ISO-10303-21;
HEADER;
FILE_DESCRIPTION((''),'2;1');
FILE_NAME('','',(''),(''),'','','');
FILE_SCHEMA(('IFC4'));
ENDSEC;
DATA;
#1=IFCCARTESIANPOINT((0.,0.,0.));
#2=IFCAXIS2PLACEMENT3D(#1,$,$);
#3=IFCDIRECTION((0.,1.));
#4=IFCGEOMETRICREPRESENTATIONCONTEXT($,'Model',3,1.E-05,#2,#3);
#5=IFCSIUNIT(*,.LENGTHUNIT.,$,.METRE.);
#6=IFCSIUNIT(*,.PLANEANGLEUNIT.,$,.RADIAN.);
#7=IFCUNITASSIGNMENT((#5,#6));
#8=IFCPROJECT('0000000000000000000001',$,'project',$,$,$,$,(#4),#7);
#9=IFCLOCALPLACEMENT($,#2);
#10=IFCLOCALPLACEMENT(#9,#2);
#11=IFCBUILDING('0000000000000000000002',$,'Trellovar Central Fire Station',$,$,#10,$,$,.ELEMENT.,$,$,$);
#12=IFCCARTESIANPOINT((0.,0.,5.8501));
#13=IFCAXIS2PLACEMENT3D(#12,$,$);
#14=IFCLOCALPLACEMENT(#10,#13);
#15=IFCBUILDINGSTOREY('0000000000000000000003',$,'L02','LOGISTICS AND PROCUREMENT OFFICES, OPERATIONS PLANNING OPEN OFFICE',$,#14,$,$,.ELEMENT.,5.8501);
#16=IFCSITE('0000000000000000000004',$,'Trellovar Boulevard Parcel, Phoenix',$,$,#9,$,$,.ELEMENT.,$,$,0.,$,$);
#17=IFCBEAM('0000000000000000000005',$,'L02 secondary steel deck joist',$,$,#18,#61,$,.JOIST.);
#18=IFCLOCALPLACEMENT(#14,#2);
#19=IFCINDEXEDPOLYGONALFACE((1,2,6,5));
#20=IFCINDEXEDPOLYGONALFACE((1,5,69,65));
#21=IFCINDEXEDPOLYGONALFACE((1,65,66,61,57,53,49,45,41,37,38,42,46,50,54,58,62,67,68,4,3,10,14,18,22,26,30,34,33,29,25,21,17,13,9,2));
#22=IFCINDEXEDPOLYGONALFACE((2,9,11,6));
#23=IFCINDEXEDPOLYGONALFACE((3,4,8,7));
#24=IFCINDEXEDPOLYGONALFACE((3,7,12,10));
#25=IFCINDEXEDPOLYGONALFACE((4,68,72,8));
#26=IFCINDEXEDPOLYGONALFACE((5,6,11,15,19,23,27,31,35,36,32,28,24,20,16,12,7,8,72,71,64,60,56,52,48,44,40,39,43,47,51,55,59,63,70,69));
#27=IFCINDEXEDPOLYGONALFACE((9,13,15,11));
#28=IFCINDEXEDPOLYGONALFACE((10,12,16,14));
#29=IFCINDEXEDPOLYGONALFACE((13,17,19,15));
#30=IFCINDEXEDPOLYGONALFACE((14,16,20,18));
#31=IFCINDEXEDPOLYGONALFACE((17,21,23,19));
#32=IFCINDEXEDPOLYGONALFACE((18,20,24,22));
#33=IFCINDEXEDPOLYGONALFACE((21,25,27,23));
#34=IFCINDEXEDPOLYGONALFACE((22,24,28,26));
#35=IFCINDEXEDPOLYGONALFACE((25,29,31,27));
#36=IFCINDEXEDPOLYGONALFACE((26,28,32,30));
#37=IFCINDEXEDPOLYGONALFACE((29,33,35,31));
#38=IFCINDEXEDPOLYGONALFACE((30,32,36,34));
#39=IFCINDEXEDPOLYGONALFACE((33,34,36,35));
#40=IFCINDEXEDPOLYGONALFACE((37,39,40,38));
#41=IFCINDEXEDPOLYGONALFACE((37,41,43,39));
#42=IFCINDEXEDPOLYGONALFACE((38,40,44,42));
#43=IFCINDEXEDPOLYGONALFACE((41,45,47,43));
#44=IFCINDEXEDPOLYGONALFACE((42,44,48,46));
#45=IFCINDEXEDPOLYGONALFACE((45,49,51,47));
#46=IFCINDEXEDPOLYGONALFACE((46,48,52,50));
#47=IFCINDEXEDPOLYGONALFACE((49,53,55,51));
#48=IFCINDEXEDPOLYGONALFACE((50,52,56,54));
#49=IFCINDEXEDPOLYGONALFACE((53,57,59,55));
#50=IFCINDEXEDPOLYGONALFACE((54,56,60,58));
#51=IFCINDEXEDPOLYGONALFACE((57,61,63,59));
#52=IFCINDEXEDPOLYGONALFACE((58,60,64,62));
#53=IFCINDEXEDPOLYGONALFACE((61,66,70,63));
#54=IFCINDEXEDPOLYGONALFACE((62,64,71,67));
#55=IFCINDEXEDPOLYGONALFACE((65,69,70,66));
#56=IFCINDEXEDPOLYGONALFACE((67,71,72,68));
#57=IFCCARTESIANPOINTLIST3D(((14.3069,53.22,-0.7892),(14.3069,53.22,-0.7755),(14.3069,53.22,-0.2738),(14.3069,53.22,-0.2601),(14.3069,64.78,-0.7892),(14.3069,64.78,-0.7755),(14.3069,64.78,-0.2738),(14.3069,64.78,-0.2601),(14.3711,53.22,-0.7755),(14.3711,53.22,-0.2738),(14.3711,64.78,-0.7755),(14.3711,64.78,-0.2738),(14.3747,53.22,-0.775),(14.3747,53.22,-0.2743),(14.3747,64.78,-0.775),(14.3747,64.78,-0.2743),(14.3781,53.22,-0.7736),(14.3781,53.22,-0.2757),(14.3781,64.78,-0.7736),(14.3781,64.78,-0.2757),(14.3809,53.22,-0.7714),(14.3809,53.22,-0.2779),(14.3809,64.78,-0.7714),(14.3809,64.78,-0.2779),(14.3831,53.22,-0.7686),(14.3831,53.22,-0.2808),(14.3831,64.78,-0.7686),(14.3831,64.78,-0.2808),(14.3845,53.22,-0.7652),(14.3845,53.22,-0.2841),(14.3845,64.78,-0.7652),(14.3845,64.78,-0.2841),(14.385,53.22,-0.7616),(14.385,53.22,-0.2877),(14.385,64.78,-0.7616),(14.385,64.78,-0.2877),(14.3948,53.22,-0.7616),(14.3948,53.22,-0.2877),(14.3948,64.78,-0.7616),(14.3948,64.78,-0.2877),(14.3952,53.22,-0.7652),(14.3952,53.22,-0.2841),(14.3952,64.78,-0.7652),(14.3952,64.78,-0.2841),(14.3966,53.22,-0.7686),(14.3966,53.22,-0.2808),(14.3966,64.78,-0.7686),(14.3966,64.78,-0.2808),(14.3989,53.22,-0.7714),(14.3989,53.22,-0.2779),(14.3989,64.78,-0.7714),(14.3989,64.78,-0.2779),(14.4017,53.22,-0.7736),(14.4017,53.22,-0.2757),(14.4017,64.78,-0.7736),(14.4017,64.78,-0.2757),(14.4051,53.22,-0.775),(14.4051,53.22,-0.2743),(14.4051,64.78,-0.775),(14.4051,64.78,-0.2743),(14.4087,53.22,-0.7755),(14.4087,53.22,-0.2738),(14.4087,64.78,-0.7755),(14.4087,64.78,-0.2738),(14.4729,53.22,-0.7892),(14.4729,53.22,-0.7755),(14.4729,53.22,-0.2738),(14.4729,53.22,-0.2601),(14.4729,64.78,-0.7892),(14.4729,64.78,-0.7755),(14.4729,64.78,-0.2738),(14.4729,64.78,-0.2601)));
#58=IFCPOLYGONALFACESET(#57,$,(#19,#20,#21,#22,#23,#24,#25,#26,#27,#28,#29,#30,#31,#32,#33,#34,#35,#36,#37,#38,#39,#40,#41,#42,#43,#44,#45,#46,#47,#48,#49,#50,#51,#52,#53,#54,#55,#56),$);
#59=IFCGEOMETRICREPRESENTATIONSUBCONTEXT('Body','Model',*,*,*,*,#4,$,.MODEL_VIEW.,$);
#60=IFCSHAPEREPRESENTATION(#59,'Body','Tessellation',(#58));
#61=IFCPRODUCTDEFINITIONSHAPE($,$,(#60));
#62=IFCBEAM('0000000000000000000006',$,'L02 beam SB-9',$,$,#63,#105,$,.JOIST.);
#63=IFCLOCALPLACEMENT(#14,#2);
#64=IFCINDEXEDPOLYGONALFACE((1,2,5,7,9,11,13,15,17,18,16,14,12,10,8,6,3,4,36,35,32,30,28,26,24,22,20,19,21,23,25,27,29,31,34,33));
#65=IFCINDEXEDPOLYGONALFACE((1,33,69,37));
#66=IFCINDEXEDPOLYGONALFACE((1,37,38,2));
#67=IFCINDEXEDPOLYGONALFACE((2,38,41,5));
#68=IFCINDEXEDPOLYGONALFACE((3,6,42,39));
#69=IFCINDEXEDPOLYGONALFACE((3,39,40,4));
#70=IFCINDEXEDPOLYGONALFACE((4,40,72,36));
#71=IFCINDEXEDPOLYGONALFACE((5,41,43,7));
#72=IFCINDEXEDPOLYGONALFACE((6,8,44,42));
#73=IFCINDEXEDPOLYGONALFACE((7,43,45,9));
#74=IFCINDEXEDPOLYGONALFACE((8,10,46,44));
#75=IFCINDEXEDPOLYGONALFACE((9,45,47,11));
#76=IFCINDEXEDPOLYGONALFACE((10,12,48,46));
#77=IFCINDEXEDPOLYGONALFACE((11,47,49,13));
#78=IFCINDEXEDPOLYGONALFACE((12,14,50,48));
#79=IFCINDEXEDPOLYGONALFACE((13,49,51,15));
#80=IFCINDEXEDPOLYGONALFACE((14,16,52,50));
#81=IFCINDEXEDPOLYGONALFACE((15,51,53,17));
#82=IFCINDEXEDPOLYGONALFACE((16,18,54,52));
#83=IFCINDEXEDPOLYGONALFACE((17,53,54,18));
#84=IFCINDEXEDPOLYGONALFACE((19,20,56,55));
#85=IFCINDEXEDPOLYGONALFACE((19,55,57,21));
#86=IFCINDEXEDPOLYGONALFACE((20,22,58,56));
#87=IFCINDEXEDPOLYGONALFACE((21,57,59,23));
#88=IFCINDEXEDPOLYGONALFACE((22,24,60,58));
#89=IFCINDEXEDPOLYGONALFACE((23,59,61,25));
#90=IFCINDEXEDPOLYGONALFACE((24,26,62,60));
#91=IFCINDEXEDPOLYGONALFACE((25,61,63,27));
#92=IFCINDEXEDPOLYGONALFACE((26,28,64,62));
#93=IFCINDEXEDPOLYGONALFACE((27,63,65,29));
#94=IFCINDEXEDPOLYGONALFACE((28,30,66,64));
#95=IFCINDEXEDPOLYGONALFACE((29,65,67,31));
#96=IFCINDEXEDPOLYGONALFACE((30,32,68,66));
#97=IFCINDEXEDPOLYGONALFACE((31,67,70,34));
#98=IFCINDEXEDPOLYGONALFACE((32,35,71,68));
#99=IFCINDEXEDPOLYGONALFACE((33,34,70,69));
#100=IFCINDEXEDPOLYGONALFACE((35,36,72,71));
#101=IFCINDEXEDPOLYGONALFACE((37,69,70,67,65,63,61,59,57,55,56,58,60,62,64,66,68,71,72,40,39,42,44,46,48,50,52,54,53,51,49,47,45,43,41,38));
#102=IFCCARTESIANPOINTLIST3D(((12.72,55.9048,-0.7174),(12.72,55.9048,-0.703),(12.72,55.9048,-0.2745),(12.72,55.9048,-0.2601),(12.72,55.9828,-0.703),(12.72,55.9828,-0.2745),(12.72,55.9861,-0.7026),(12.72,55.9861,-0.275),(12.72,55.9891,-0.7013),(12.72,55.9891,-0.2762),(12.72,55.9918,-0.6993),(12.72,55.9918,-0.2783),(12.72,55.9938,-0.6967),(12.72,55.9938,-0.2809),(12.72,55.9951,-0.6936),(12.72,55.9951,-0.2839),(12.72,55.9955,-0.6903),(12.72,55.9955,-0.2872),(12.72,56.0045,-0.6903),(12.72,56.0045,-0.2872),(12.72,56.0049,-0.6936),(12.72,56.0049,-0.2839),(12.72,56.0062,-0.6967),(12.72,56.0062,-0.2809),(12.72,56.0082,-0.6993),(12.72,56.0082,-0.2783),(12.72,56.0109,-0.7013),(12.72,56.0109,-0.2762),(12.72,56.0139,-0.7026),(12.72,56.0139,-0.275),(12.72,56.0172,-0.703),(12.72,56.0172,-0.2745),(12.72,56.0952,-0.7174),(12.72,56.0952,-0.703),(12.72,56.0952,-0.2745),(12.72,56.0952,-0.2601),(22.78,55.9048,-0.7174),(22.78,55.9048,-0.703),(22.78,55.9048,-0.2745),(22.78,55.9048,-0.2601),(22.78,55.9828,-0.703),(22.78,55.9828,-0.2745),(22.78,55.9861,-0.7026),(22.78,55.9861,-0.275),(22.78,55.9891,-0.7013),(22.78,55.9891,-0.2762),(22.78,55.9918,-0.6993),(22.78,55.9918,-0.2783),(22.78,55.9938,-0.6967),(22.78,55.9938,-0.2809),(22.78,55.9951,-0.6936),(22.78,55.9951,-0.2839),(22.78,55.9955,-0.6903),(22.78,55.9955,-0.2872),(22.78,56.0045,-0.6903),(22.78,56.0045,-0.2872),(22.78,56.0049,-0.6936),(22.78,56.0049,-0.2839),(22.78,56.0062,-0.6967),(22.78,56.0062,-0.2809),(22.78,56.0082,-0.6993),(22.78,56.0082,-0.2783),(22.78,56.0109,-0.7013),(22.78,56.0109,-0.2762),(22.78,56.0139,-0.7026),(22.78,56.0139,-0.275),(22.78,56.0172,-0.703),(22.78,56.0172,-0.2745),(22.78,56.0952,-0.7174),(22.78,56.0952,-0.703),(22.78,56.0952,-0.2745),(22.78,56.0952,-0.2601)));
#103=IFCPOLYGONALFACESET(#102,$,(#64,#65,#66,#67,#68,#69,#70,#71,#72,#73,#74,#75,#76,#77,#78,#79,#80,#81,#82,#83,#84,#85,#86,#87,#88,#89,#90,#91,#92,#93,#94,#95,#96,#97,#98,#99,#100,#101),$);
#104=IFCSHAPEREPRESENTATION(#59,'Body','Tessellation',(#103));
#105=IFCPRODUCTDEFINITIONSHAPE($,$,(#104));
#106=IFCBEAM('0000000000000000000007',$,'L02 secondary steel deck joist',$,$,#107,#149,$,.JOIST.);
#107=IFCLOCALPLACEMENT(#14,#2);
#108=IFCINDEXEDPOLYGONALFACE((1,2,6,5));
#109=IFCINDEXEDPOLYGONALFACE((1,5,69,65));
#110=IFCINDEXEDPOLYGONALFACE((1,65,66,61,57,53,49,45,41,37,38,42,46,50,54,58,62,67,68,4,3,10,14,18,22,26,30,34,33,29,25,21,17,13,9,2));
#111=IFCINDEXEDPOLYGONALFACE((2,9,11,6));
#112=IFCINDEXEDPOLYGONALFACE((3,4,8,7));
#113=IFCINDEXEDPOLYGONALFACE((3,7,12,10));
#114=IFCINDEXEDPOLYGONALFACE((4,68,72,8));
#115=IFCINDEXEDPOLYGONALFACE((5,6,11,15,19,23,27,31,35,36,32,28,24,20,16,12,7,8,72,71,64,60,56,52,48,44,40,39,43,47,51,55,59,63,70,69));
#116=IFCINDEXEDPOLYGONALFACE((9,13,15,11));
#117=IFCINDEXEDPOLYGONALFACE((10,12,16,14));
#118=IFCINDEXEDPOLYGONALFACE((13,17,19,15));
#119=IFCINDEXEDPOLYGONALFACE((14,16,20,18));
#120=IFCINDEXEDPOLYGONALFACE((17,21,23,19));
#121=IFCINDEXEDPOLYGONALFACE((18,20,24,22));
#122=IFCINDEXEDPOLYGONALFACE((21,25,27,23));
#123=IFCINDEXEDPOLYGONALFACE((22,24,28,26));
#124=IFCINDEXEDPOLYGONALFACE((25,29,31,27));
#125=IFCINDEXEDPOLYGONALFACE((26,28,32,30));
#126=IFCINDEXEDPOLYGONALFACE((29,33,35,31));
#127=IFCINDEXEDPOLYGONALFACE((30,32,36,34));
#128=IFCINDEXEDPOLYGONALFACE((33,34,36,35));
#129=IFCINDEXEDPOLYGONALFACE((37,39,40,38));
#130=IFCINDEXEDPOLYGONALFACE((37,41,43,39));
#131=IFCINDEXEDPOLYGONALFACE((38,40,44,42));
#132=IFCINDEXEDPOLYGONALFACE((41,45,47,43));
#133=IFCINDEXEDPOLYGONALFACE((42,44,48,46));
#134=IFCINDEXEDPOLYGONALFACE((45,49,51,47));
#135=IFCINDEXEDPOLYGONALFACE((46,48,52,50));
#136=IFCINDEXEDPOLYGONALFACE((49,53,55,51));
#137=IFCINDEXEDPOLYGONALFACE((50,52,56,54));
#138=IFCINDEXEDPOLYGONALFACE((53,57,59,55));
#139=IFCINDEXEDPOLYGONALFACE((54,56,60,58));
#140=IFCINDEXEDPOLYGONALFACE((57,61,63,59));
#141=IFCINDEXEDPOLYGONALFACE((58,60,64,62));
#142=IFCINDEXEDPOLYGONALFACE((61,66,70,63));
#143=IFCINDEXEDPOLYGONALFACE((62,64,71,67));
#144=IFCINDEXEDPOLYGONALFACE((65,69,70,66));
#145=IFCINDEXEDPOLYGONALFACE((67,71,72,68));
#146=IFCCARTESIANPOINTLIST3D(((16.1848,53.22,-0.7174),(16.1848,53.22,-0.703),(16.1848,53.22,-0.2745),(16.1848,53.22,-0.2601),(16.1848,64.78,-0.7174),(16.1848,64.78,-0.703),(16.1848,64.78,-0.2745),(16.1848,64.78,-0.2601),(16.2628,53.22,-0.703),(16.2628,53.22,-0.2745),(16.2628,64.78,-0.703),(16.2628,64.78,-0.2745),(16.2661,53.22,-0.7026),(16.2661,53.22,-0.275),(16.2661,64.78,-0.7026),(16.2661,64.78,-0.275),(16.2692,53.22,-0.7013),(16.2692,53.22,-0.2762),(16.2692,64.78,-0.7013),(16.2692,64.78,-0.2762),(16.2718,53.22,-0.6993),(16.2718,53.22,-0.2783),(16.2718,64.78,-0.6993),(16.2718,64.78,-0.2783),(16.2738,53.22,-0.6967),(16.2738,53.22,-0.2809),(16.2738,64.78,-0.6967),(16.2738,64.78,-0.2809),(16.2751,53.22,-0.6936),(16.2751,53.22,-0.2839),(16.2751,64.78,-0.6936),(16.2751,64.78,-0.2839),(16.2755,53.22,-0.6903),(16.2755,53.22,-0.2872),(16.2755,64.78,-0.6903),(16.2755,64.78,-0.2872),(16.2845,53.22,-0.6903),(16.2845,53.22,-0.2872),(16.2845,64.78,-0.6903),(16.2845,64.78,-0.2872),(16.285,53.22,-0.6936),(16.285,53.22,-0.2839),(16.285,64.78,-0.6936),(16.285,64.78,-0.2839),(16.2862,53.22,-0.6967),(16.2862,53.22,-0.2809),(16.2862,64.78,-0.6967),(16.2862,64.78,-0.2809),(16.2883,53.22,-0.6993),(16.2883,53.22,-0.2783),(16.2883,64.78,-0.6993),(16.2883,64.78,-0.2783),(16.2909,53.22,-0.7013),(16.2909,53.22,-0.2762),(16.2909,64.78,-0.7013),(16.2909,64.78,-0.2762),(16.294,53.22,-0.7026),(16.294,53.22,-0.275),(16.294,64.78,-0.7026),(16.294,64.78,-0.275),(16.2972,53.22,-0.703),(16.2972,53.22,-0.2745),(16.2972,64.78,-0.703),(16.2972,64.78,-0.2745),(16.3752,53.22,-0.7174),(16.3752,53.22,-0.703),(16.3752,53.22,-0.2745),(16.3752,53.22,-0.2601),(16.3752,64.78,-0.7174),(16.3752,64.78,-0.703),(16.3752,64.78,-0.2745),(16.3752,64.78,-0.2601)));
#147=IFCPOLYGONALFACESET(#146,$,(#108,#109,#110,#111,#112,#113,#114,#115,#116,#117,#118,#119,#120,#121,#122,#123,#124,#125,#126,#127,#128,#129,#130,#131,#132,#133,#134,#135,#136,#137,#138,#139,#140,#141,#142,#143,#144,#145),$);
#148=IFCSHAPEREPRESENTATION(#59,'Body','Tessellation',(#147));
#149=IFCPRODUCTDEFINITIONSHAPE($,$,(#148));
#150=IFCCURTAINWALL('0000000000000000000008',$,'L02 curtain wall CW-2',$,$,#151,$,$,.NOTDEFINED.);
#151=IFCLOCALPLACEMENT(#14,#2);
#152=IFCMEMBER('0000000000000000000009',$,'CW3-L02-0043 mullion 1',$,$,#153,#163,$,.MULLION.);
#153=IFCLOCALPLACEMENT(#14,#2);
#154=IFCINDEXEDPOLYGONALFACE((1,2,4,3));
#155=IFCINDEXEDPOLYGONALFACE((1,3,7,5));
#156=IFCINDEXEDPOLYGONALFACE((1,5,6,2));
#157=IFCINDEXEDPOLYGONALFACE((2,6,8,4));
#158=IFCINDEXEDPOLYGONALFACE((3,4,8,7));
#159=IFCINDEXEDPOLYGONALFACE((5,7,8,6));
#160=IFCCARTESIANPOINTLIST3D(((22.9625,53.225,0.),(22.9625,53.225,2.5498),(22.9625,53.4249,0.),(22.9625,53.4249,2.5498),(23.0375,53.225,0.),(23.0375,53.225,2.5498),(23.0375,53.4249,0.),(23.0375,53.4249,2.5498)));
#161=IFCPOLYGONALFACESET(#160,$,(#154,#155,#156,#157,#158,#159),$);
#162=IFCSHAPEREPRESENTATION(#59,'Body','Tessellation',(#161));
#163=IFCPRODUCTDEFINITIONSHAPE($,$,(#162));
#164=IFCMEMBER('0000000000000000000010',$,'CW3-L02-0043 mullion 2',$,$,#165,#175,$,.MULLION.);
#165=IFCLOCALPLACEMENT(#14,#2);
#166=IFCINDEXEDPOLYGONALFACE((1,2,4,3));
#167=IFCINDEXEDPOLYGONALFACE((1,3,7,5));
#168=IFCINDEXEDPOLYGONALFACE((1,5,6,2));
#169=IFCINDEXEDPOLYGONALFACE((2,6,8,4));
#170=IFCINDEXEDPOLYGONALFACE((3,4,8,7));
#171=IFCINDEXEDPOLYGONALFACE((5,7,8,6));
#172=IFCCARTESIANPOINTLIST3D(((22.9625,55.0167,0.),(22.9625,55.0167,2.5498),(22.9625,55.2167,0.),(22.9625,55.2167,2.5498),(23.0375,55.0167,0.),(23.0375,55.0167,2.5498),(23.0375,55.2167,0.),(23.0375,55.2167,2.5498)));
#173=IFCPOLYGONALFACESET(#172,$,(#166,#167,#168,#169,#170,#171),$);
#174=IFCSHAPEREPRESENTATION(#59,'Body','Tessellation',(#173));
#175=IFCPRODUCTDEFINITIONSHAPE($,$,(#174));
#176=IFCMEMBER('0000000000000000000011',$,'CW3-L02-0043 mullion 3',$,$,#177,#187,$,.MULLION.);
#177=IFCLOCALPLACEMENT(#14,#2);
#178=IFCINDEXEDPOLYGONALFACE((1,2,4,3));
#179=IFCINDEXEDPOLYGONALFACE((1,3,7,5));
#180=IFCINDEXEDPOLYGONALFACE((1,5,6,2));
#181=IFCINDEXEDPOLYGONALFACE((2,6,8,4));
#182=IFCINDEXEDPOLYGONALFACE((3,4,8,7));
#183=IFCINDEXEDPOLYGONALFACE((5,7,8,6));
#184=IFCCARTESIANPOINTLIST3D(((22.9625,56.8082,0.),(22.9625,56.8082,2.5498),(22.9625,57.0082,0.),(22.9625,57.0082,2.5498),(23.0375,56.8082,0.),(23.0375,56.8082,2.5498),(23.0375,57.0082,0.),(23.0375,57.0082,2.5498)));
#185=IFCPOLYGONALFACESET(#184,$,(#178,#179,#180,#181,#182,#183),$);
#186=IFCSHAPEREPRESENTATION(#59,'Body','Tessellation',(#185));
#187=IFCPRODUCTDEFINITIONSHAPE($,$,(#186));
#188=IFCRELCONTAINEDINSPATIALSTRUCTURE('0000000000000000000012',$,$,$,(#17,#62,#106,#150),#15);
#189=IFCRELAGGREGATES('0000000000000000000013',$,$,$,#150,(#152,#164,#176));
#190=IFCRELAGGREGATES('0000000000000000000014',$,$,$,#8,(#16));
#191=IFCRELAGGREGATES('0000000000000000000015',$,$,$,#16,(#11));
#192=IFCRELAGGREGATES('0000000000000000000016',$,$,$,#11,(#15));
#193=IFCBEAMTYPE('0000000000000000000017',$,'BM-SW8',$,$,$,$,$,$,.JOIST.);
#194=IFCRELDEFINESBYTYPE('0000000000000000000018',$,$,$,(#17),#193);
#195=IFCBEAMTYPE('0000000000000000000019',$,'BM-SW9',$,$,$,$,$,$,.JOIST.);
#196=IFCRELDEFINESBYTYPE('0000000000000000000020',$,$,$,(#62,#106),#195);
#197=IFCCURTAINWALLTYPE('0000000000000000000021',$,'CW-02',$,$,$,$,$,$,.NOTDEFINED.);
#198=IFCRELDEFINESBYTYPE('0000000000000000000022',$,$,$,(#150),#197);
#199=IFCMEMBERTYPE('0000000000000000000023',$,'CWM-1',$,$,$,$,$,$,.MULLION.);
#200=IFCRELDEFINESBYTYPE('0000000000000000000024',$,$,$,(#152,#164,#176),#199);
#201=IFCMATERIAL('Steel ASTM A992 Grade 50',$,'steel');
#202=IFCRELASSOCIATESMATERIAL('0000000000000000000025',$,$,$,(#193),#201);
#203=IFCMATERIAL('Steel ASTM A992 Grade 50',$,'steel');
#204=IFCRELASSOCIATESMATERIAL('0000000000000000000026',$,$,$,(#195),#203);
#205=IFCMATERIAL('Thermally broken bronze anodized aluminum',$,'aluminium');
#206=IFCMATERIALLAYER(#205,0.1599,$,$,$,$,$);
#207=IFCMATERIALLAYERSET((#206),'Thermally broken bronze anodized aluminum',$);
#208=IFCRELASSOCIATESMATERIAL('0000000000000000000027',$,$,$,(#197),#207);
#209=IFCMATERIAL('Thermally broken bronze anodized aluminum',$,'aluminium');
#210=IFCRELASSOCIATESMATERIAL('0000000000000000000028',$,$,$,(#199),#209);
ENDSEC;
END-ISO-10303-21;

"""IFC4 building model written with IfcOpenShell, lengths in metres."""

from ifc_helpers import new_model, si_unit, direction, frame, origin, origin_2d, place, context, subcontext, project, spatial, rectangle, i_section, extrude, material, layer, layer_set, material_profile, profile_set, type_object, element, aggregate, save


model = new_model("IFC4")

# Units and contexts
model_context = context("Model", 3, precision=1e-05, world=origin(), true_north=direction((0.0, 1.0)))
body_context = subcontext(model_context, "Body", "Model", "MODEL_VIEW")
ifc_project = project(units=[si_unit("LENGTHUNIT", "METRE"), si_unit("PLANEANGLEUNIT", "RADIAN")], contexts=[model_context])

# Site, building, storey
site_placement = place(None, origin())
site = spatial("IfcSite", under=ifc_project, at=site_placement, Name="Trellovar Boulevard Parcel, Phoenix", CompositionType="ELEMENT", RefElevation=0.0)
building_placement = place(site_placement, origin())
building = spatial("IfcBuilding", under=site, at=building_placement, Name="Trellovar Central Fire Station", CompositionType="ELEMENT")
storey_placement = place(building_placement, frame((0.0, 0.0, 5.8501)))
storey = spatial("IfcBuildingStorey", under=building, at=storey_placement, Name="L02", Description="LOGISTICS AND PROCUREMENT OFFICES, OPERATIONS PLANNING OPEN OFFICE", CompositionType="ELEMENT", Elevation=5.8501)

# Beams
ifc_material_1 = material(Name="Steel ASTM A992 Grade 50", Category="steel")
ifc_material_profile_1 = material_profile(ifc_material_1, i_section(OverallWidth=0.166, OverallDepth=0.5291, WebThickness=0.0098, FlangeThickness=0.0137, FilletRadius=0.0139, at=origin_2d()), Name="W21X50")
ifc_profile_set_1 = profile_set([ifc_material_profile_1], Name="Steel ASTM A992 Grade 50")
beam_type_1 = type_object("IfcBeamType", Name="BM-SW8", PredefinedType="JOIST", material=ifc_profile_set_1)
beam_1_placement = place(storey_placement, frame((14.3899, 53.22, -0.5247), z_axis=(0.0, 1.0, 0.0), x_axis=(-1.0, 0.0, 0.0)))
element("IfcBeam", 1, at=beam_1_placement, inside=storey, type_object=beam_type_1, Name="L02 secondary steel deck joist", PredefinedType="JOIST", context=body_context, shape_type="SweptSolid", body=[
    extrude(i_section(OverallWidth=0.166, OverallDepth=0.5291, WebThickness=0.0098, FlangeThickness=0.0137, FilletRadius=0.0139, at=origin_2d()), origin(), (0.0, 0.0, 1.0), 11.5601),
])
ifc_material_2 = material(Name="Steel ASTM A992 Grade 50", Category="steel")
ifc_material_profile_2 = material_profile(ifc_material_2, i_section(OverallWidth=0.1904, OverallDepth=0.4573, WebThickness=0.009, FlangeThickness=0.0144, FilletRadius=0.0127, at=origin_2d()), Name="W18X50")
ifc_profile_set_2 = profile_set([ifc_material_profile_2], Name="Steel ASTM A992 Grade 50")
beam_type_2 = type_object("IfcBeamType", Name="BM-SW9", PredefinedType="JOIST", material=ifc_profile_set_2)
beam_2_placement = place(storey_placement, frame((12.72, 56.0, -0.4888), z_axis=(1.0, 0.0, 0.0), x_axis=(0.0, 1.0, 0.0)))
element("IfcBeam", 2, at=beam_2_placement, inside=storey, type_object=beam_type_2, Name="L02 beam SB-9", PredefinedType="JOIST", context=body_context, shape_type="SweptSolid", body=[
    extrude(i_section(OverallWidth=0.1904, OverallDepth=0.4573, WebThickness=0.009, FlangeThickness=0.0144, FilletRadius=0.0127, at=origin_2d()), origin(), (0.0, 0.0, 1.0), 10.0601),
])
beam_3_placement = place(storey_placement, frame((16.28, 53.22, -0.4888), z_axis=(0.0, 1.0, 0.0), x_axis=(-1.0, 0.0, 0.0)))
element("IfcBeam", 3, at=beam_3_placement, inside=storey, type_object=beam_type_2, Name="L02 secondary steel deck joist", PredefinedType="JOIST", context=body_context, shape_type="SweptSolid", body=[
    extrude(i_section(OverallWidth=0.1904, OverallDepth=0.4573, WebThickness=0.009, FlangeThickness=0.0144, FilletRadius=0.0127, at=origin_2d()), origin(), (0.0, 0.0, 1.0), 11.5601),
])

# Curtain wall, members
ifc_material_3 = material(Name="Thermally broken bronze anodized aluminum", Category="aluminium")
ifc_layer_1 = layer(ifc_material_3, 0.1599)
ifc_layer_set_1 = layer_set([ifc_layer_1], Name="Thermally broken bronze anodized aluminum")
curtain_wall_type = type_object("IfcCurtainWallType", Name="CW-02", PredefinedType="NOTDEFINED", material=ifc_layer_set_1)
curtain_wall_placement = place(storey_placement, origin())
curtain_wall = element("IfcCurtainWall", 4, at=curtain_wall_placement, inside=storey, type_object=curtain_wall_type, Name="L02 curtain wall CW-2", PredefinedType="NOTDEFINED")
ifc_material_4 = material(Name="Thermally broken bronze anodized aluminum", Category="aluminium")
ifc_material_profile_3 = material_profile(ifc_material_4, rectangle(XDim=0.075, YDim=0.2, at=origin_2d()), Name="ALU75X200")
ifc_profile_set_3 = profile_set([ifc_material_profile_3], Name="Thermally broken bronze anodized aluminum")
member_type_1 = type_object("IfcMemberType", Name="CWM-1", PredefinedType="MULLION", material=ifc_profile_set_3)
member_1_placement = place(storey_placement, frame((23.0, 53.325, 0.0), z_axis=(0.0, 0.0, 1.0), x_axis=(1.0, 0.0, 0.0)))
member_1 = element("IfcMember", 5, at=member_1_placement, type_object=member_type_1, Name="CW3-L02-0043 mullion 1", PredefinedType="MULLION", context=body_context, shape_type="SweptSolid", body=[
    extrude(rectangle(XDim=0.075, YDim=0.2, at=origin_2d()), origin(), (0.0, 0.0, 1.0), 2.5498),
])
member_2_placement = place(storey_placement, frame((23.0, 55.1167, 0.0), z_axis=(0.0, 0.0, 1.0), x_axis=(1.0, 0.0, 0.0)))
member_2 = element("IfcMember", 6, at=member_2_placement, type_object=member_type_1, Name="CW3-L02-0043 mullion 2", PredefinedType="MULLION", context=body_context, shape_type="SweptSolid", body=[
    extrude(rectangle(XDim=0.075, YDim=0.2, at=origin_2d()), origin(), (0.0, 0.0, 1.0), 2.5498),
])
member_3_placement = place(storey_placement, frame((23.0, 56.9082, 0.0), z_axis=(0.0, 0.0, 1.0), x_axis=(1.0, 0.0, 0.0)))
member_3 = element("IfcMember", 7, at=member_3_placement, type_object=member_type_1, Name="CW3-L02-0043 mullion 3", PredefinedType="MULLION", context=body_context, shape_type="SweptSolid", body=[
    extrude(rectangle(XDim=0.075, YDim=0.2, at=origin_2d()), origin(), (0.0, 0.0, 1.0), 2.5498),
])
aggregate(curtain_wall, [member_1, member_2, member_3])

save(model, "model.ifc")
